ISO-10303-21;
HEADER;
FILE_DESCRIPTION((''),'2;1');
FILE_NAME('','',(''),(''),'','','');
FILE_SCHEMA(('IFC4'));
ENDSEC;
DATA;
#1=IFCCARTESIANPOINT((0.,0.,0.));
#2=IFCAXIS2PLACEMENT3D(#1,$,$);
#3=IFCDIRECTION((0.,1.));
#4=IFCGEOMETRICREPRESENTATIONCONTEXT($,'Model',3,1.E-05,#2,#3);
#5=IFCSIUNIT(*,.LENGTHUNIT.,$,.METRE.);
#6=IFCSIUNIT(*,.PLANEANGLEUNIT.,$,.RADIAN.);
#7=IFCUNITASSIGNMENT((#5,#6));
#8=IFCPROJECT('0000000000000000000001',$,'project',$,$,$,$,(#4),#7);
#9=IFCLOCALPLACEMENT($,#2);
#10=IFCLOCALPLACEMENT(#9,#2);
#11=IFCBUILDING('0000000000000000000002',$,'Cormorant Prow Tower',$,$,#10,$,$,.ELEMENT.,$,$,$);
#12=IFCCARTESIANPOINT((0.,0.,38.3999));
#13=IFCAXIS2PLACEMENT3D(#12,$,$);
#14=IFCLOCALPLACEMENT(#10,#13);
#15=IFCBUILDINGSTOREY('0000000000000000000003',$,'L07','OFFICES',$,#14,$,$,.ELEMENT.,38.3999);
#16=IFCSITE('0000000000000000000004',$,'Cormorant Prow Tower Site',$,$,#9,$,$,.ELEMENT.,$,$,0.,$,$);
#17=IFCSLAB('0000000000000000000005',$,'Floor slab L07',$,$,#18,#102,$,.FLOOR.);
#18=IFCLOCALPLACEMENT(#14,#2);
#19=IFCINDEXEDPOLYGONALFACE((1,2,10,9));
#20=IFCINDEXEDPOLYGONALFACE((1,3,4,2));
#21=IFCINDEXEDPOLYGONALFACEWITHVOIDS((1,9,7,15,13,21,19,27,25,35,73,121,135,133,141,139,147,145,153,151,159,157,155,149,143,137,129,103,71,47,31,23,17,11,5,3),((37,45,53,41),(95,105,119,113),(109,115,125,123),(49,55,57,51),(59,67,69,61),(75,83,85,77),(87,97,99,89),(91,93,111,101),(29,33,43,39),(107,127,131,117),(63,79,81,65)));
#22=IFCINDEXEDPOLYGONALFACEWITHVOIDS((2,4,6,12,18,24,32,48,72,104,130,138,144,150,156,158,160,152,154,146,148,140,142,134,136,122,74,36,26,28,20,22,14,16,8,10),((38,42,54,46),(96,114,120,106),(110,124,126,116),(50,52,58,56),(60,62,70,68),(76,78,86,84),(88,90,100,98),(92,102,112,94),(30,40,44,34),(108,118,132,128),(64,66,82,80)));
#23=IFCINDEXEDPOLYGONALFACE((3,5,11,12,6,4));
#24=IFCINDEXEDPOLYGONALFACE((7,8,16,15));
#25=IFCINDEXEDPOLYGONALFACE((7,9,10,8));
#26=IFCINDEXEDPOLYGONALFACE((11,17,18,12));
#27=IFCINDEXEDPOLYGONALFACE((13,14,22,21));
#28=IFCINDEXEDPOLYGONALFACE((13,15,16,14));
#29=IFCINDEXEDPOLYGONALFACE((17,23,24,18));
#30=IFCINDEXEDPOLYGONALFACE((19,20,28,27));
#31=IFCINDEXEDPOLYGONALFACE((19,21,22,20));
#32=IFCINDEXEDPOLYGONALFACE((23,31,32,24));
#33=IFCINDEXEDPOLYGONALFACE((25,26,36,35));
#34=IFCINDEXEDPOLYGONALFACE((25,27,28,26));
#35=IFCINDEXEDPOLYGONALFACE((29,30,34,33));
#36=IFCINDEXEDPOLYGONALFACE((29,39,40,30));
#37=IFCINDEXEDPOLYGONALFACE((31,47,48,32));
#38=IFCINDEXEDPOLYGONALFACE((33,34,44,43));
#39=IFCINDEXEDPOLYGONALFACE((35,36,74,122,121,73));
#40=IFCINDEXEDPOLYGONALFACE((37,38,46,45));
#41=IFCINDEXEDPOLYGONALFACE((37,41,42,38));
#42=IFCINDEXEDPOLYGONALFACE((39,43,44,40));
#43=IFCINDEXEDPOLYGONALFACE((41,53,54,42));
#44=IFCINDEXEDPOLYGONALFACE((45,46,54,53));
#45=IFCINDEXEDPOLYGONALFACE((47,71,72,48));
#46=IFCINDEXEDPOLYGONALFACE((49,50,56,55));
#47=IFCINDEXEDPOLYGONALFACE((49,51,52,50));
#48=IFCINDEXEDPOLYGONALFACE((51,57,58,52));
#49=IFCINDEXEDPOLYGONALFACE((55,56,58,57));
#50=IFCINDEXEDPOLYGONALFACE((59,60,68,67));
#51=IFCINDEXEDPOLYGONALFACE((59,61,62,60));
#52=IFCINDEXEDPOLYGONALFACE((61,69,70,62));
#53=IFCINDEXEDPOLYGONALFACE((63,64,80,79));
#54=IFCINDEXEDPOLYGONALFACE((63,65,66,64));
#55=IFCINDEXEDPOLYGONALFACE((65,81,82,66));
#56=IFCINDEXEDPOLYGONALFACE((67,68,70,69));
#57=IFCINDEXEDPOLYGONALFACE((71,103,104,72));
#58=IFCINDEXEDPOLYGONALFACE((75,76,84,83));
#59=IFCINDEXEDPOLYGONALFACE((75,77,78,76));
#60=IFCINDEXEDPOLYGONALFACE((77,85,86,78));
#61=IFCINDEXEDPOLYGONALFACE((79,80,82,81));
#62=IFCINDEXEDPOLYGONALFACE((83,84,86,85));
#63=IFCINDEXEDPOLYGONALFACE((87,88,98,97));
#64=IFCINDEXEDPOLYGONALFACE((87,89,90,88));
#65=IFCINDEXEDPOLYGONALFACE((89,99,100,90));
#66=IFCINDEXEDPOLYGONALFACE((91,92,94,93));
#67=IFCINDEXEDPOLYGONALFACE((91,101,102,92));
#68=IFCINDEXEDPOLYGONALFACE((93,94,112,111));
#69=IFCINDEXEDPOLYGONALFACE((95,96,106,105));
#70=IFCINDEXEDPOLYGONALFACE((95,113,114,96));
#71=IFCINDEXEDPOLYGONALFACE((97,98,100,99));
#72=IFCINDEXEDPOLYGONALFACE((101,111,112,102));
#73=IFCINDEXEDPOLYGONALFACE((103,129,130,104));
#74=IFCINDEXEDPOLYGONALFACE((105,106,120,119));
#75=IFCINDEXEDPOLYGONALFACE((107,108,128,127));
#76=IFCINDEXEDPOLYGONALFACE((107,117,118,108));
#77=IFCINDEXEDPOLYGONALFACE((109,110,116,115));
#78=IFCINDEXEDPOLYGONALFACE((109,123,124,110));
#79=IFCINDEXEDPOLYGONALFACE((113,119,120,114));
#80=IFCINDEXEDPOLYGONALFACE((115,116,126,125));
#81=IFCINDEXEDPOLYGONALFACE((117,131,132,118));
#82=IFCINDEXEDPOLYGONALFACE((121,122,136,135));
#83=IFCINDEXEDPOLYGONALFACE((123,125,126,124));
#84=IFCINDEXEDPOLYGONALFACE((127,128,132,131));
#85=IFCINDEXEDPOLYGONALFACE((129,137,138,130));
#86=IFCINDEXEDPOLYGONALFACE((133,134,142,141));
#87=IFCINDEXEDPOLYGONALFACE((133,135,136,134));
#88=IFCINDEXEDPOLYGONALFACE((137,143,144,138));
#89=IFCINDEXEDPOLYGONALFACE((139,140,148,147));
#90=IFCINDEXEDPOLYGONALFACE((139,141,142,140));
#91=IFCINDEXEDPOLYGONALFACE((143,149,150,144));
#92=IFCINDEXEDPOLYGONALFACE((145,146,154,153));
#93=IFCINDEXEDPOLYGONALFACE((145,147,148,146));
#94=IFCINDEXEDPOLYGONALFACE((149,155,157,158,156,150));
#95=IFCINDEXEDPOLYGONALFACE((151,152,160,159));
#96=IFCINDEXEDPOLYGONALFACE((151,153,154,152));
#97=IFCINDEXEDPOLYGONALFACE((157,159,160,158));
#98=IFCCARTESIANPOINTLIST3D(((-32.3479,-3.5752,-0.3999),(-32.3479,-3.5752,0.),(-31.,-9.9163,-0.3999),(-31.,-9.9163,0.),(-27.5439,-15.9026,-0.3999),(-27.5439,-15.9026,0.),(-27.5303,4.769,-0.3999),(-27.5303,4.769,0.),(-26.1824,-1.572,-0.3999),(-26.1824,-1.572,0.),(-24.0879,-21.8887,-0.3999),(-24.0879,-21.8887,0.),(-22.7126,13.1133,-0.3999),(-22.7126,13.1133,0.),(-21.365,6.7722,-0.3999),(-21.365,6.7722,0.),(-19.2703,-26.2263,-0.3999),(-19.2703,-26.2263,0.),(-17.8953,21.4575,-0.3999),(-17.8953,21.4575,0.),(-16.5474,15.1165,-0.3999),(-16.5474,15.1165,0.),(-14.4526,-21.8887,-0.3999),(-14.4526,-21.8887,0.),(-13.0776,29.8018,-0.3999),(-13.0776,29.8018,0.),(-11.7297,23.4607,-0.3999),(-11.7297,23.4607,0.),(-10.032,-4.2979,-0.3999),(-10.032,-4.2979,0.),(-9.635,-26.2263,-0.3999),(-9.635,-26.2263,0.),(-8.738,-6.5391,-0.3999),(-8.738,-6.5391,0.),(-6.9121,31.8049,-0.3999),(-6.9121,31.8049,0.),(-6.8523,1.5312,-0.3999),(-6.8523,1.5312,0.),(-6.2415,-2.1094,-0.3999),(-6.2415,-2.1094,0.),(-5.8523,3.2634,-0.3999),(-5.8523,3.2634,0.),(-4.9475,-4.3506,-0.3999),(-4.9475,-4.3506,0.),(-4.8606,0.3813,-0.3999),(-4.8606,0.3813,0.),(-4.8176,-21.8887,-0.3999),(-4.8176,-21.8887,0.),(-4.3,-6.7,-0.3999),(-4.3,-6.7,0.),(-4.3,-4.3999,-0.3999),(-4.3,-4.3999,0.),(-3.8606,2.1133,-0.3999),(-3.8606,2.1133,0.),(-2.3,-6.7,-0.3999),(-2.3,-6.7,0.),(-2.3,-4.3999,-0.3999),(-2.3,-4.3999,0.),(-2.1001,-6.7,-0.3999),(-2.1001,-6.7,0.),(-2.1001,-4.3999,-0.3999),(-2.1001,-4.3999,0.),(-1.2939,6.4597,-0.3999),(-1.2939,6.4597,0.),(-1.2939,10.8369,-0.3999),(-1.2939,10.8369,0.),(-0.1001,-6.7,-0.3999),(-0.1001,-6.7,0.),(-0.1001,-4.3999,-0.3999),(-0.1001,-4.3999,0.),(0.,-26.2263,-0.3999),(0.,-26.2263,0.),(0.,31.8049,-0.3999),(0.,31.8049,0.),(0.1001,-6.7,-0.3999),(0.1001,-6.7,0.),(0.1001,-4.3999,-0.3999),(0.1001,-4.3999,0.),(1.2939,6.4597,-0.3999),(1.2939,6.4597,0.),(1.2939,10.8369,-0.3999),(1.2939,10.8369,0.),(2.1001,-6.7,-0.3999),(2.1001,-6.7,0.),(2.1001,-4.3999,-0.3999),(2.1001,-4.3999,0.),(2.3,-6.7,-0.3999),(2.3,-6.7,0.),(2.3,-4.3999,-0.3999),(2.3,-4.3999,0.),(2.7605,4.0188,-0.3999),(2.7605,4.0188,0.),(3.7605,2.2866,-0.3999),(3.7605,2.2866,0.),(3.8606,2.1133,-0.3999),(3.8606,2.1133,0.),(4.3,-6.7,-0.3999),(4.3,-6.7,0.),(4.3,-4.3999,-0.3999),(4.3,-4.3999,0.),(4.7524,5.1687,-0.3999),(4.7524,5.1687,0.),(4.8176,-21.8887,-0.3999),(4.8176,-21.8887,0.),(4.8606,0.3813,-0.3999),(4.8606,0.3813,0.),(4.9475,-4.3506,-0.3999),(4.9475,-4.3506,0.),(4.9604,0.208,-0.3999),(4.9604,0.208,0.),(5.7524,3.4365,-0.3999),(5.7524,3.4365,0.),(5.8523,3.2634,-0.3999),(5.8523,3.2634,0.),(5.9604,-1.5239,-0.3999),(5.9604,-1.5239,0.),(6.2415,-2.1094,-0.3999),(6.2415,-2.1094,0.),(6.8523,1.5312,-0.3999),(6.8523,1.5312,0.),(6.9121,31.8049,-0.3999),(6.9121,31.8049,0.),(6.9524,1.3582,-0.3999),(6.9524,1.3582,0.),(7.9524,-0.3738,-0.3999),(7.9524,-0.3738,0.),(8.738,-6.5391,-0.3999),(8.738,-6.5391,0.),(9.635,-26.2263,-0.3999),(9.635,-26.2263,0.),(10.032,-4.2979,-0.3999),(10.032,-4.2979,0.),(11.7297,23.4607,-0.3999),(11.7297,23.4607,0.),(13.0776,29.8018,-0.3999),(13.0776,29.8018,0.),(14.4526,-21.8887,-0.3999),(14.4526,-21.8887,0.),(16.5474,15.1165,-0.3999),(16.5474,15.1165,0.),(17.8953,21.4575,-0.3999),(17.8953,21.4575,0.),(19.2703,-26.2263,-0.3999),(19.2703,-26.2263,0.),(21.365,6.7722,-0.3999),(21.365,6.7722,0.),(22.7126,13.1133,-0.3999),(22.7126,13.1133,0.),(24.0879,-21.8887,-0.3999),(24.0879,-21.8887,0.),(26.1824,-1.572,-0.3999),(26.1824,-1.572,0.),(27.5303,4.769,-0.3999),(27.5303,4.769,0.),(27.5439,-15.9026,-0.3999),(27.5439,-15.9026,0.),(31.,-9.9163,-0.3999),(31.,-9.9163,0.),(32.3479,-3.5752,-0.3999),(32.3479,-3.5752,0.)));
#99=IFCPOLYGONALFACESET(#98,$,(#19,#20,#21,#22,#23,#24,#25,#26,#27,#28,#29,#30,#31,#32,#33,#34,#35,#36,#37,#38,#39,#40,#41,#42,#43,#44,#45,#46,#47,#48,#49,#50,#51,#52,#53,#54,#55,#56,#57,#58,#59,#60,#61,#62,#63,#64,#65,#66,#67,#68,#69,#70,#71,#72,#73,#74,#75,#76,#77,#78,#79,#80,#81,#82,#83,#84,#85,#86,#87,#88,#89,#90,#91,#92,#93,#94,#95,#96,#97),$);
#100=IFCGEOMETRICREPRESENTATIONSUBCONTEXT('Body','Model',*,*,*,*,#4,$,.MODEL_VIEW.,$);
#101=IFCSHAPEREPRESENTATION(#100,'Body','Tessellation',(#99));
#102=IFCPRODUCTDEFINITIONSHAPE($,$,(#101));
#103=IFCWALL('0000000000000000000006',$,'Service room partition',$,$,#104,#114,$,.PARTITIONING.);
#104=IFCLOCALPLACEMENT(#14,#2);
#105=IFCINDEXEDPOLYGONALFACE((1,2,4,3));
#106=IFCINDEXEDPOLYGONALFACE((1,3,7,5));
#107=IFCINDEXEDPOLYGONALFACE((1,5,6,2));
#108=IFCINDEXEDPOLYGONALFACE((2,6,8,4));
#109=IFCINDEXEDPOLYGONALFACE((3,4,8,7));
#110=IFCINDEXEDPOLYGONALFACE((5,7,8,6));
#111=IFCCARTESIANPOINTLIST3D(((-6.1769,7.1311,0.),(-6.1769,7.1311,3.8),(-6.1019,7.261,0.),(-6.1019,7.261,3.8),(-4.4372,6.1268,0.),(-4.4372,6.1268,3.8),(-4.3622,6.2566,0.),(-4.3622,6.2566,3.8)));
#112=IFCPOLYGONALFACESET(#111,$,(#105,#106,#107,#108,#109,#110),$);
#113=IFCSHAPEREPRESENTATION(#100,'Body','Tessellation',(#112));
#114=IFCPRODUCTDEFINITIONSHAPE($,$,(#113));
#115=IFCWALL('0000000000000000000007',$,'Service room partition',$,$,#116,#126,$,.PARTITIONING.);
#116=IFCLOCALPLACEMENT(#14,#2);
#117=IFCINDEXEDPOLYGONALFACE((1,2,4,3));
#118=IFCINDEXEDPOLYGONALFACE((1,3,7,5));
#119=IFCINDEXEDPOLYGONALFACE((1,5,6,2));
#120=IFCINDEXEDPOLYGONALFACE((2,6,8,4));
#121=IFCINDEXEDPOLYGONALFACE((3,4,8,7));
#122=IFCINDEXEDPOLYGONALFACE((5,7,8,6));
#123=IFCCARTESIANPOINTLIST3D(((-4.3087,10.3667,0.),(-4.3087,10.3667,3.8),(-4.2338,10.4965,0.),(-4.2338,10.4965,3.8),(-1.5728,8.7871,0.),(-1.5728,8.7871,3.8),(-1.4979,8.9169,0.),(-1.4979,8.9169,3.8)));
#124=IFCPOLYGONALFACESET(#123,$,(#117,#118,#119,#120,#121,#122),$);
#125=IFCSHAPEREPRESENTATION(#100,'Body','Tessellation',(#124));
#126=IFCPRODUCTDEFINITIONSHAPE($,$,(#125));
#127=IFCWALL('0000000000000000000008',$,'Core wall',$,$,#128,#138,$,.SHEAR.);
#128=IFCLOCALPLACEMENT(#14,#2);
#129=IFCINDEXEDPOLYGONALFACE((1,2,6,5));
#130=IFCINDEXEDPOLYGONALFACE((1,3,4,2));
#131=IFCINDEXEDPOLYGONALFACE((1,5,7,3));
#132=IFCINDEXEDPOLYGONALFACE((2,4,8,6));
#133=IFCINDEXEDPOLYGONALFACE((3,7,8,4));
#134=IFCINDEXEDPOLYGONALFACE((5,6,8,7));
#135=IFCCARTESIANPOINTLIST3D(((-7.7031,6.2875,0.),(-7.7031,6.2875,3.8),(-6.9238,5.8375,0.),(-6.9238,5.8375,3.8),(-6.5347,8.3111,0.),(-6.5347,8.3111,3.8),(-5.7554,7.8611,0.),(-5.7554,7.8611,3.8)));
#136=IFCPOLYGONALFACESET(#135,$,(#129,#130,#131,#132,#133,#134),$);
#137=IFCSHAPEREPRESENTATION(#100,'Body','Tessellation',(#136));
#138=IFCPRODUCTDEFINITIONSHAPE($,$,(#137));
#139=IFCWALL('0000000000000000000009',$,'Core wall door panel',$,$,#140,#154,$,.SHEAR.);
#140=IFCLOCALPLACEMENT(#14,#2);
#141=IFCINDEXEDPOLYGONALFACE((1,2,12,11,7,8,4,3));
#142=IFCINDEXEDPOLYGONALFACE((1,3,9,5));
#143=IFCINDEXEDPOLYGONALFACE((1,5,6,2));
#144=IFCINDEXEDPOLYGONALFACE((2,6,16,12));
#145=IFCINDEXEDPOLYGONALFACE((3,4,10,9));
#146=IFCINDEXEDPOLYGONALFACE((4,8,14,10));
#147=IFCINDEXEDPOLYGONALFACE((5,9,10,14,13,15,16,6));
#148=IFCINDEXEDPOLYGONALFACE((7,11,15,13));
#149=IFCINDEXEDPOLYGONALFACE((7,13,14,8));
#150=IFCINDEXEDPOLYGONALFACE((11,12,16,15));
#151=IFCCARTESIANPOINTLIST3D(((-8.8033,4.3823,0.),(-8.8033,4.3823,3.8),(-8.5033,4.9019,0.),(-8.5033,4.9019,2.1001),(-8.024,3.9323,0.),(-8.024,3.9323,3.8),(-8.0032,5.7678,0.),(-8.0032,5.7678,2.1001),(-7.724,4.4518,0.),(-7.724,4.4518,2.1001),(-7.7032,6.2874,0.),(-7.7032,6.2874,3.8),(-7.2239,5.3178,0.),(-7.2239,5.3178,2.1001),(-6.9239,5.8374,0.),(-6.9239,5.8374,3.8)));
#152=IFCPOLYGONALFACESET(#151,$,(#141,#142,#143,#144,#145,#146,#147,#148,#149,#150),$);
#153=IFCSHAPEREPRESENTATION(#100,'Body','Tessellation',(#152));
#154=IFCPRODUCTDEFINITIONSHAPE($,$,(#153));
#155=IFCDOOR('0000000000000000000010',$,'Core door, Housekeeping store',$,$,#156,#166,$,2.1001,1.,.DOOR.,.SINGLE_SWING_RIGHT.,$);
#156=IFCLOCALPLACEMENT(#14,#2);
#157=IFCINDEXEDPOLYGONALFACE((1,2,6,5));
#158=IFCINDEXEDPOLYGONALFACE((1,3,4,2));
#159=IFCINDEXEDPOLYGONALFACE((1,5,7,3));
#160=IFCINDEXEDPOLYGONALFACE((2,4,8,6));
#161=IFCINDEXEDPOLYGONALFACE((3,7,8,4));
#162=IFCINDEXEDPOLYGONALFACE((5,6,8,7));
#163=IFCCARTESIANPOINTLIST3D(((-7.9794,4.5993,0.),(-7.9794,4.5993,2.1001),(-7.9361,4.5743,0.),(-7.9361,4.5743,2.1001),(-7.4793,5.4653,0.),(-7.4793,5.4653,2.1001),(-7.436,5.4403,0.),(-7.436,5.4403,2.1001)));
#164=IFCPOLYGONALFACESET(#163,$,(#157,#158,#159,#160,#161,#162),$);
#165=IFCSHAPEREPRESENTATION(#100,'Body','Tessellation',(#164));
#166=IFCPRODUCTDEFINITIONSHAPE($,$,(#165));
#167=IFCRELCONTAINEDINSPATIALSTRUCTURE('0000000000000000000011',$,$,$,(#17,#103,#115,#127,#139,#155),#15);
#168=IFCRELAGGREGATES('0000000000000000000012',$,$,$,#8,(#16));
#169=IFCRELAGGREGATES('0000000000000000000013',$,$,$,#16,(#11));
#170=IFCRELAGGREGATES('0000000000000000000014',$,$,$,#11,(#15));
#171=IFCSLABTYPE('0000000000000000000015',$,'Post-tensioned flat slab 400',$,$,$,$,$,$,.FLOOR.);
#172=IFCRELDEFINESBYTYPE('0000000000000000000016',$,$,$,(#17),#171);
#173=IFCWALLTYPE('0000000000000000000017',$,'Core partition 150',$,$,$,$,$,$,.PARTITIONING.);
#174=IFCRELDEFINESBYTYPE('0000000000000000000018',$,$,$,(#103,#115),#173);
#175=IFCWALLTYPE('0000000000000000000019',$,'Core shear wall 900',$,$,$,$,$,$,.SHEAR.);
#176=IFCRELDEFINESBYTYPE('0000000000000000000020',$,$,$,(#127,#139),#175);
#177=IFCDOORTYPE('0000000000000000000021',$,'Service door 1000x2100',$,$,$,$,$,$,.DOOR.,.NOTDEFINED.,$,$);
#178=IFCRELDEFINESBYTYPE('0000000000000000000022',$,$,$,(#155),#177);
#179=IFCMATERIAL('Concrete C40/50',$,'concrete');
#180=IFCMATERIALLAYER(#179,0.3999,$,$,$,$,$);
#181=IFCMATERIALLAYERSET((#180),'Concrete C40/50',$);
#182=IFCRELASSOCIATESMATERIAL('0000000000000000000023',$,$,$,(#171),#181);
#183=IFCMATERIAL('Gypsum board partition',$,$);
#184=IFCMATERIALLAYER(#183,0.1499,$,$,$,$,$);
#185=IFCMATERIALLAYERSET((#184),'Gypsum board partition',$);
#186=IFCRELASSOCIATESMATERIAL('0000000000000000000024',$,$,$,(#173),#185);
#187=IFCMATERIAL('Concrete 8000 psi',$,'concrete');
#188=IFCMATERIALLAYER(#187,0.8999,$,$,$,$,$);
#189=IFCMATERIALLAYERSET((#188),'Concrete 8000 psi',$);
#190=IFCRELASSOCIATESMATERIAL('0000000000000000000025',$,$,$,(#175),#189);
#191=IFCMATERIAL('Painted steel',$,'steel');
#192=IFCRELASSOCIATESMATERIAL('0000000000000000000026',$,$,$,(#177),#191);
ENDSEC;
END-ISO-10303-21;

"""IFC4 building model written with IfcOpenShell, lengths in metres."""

from ifc_helpers import new_model, si_unit, direction, frame, frame_2d, origin, place, context, subcontext, project, spatial, polyline, rectangle, outline, extrude, material, layer, layer_set, type_object, element, fill, save


model = new_model("IFC4")

# Units and contexts
model_context = context("Model", 3, precision=1e-05, world=origin(), true_north=direction((0.0, 1.0)))
body_context = subcontext(model_context, "Body", "Model", "MODEL_VIEW")
ifc_project = project(units=[si_unit("LENGTHUNIT", "METRE"), si_unit("PLANEANGLEUNIT", "RADIAN")], contexts=[model_context])

# Site, building, storey
site_placement = place(None, origin())
site = spatial("IfcSite", under=ifc_project, at=site_placement, Name="Cormorant Prow Tower Site", CompositionType="ELEMENT", RefElevation=0.0)
building_placement = place(site_placement, origin())
building = spatial("IfcBuilding", under=site, at=building_placement, Name="Cormorant Prow Tower", CompositionType="ELEMENT")
storey_placement = place(building_placement, frame((0.0, 0.0, 38.3999)))
storey = spatial("IfcBuildingStorey", under=building, at=storey_placement, Name="L07", Description="OFFICES", CompositionType="ELEMENT", Elevation=38.3999)

# Slab
ifc_material_1 = material(Name="Concrete C40/50", Category="concrete")
ifc_layer_1 = layer(ifc_material_1, 0.3999)
ifc_layer_set_1 = layer_set([ifc_layer_1], Name="Concrete C40/50")
slab_type_1 = type_object("IfcSlabType", Name="Post-tensioned flat slab 400", PredefinedType="FLOOR", material=ifc_layer_set_1)
slab_1_placement = place(storey_placement, frame((0.0, 0.0, -0.3999)))
element("IfcSlab", 1, at=slab_1_placement, inside=storey, type_object=slab_type_1, Name="Floor slab L07", PredefinedType="FLOOR", context=body_context, shape_type="SweptSolid", body=[
    extrude(outline(polyline([(-13.0776, 29.8018), (-11.7297, 23.4607), (-17.8953, 21.4575), (-16.5474, 15.1165), (-22.7126, 13.1133), (-21.365, 6.7722), (-27.5303, 4.769), (-26.1824, -1.572), (-32.3479, -3.5752), (-31.0, -9.9163), (-27.5439, -15.9026), (-24.0879, -21.8887), (-19.2703, -26.2263), (-14.4526, -21.8887), (-9.635, -26.2263), (-4.8176, -21.8887), (0.0, -26.2263), (4.8176, -21.8887), (9.635, -26.2263), (14.4526, -21.8887), (19.2703, -26.2263), (24.0879, -21.8887), (27.5439, -15.9026), (31.0, -9.9163), (32.3479, -3.5752), (26.1824, -1.572), (27.5303, 4.769), (21.365, 6.7722), (22.7126, 13.1133), (16.5474, 15.1165), (17.8953, 21.4575), (11.7297, 23.4607), (13.0776, 29.8018), (6.9121, 31.8049), (0.0, 31.8049), (-6.9121, 31.8049), (-13.0776, 29.8018)]), holes=[polyline([(-4.3, -6.7), (-4.3, -4.3999), (-2.3, -4.3999), (-2.3, -6.7), (-4.3, -6.7)]), polyline([(-2.1001, -4.3999), (-0.1001, -4.3999), (-0.1001, -6.7), (-2.1001, -6.7), (-2.1001, -4.3999)]), polyline([(2.1001, -4.3999), (2.1001, -6.7), (0.1001, -6.7), (0.1001, -4.3999), (2.1001, -4.3999)]), polyline([(4.3, -6.7), (2.3, -6.7), (2.3, -4.3999), (4.3, -4.3999), (4.3, -6.7)]), polyline([(7.9524, -0.3738), (5.9604, -1.5239), (4.9604, 0.208), (6.9524, 1.3582), (7.9524, -0.3738)]), polyline([(4.8606, 0.3813), (3.8606, 2.1133), (5.8523, 3.2634), (6.8523, 1.5312), (4.8606, 0.3813)]), polyline([(2.7605, 4.0188), (4.7524, 5.1687), (5.7524, 3.4365), (3.7605, 2.2866), (2.7605, 4.0188)]), polyline([(-6.8523, 1.5312), (-5.8523, 3.2634), (-3.8606, 2.1133), (-4.8606, 0.3813), (-6.8523, 1.5312)]), polyline([(-4.9475, -4.3506), (-8.738, -6.5391), (-10.032, -4.2979), (-6.2415, -2.1094), (-4.9475, -4.3506)]), polyline([(10.032, -4.2979), (8.738, -6.5391), (4.9475, -4.3506), (6.2415, -2.1094), (10.032, -4.2979)]), polyline([(1.2939, 10.8369), (1.2939, 6.4597), (-1.2939, 6.4597), (-1.2939, 10.8369), (1.2939, 10.8369)])]), origin(), (0.0, 0.0, 1.0), 0.3999),
])

# Walls
ifc_material_2 = material(Name="Gypsum board partition")
ifc_layer_2 = layer(ifc_material_2, 0.1499)
ifc_layer_set_2 = layer_set([ifc_layer_2], Name="Gypsum board partition")
wall_type_1 = type_object("IfcWallType", Name="Core partition 150", PredefinedType="PARTITIONING", material=ifc_layer_set_2)
wall_1_placement = place(storey_placement, frame((-6.1394, 7.196, 0.0), z_axis=(0.0, 0.0, 1.0), x_axis=(0.866036, -0.499982, 0.0)))
element("IfcWall", 2, at=wall_1_placement, inside=storey, type_object=wall_type_1, Name="Service room partition", PredefinedType="PARTITIONING", context=body_context, shape_type="SweptSolid", body=[
    extrude(rectangle(XDim=2.0088, YDim=0.1499, at=frame_2d((1.0044, 0.0))), origin(), (0.0, 0.0, 1.0), 3.8),
])
wall_2_placement = place(storey_placement, frame((-4.2712, 10.4316, 0.0), z_axis=(0.0, 0.0, 1.0), x_axis=(0.866018, -0.500012, 0.0)))
element("IfcWall", 3, at=wall_2_placement, inside=storey, type_object=wall_type_1, Name="Service room partition", PredefinedType="PARTITIONING", context=body_context, shape_type="SweptSolid", body=[
    extrude(rectangle(XDim=3.1592, YDim=0.1499, at=frame_2d((1.5796, 0.0))), origin(), (0.0, 0.0, 1.0), 3.8),
])
ifc_material_3 = material(Name="Concrete 8000 psi", Category="concrete")
ifc_layer_3 = layer(ifc_material_3, 0.8999)
ifc_layer_set_3 = layer_set([ifc_layer_3], Name="Concrete 8000 psi")
wall_type_2 = type_object("IfcWallType", Name="Core shear wall 900", PredefinedType="SHEAR", material=ifc_layer_set_3)
wall_3_placement = place(storey_placement, frame((-6.145, 8.0862, 0.0), z_axis=(0.0, 0.0, 1.0), x_axis=(-0.500027, -0.86601, 0.0)))
element("IfcWall", 4, at=wall_3_placement, inside=storey, type_object=wall_type_2, Name="Core wall", PredefinedType="SHEAR", context=body_context, shape_type="SweptSolid", body=[
    extrude(rectangle(XDim=2.3367, YDim=0.8999, at=frame_2d((1.1685, 0.0))), origin(), (0.0, 0.0, 1.0), 3.8),
])

# Wall, opening, door
wall_4_placement = place(storey_placement, frame((-7.3135, 6.0625, 0.0), z_axis=(0.0, 0.0, 1.0), x_axis=(-0.500078, -0.86598, 0.0)))
wall_4 = element("IfcWall", 5, at=wall_4_placement, inside=storey, type_object=wall_type_2, Name="Core wall door panel", PredefinedType="SHEAR", context=body_context, shape_type="SweptSolid", body=[
    extrude(rectangle(XDim=2.2, YDim=0.8999, at=frame_2d((1.1001, 0.0))), origin(), (0.0, 0.0, 1.0), 3.8),
])
opening_1_placement = place(wall_4_placement, frame((0.6001, 0.0, 0.0)))
opening_1 = element("IfcOpeningElement", 6, at=opening_1_placement, cuts=wall_4, PredefinedType="OPENING", context=body_context, shape_type="SweptSolid", body=[
    extrude(rectangle(XDim=1.0, YDim=2.1001, at=frame_2d((0.5, 1.05))), frame((0.0, 0.46, 0.0), z_axis=(0.0, -1.0, 0.0), x_axis=(1.0, 0.0, 0.0)), (0.0, 0.0, 1.0), 0.9199),
])
ifc_material_4 = material(Name="Painted steel", Category="steel")
door_type_1 = type_object("IfcDoorType", Name="Service door 1000x2100", OperationType="NOTDEFINED", PredefinedType="DOOR", material=ifc_material_4)
door_1_placement = place(opening_1_placement, origin())
door_1 = element("IfcDoor", 7, at=door_1_placement, inside=storey, type_object=door_type_1, Name="Core door, Housekeeping store", OperationType="SINGLE_SWING_RIGHT", OverallHeight=2.1001, OverallWidth=1.0, PredefinedType="DOOR", context=body_context, shape_type="SweptSolid", body=[
    extrude(rectangle(XDim=1.0, YDim=2.1001, at=frame_2d((0.5, 1.05))), frame((0.0, 0.2051, 0.0), z_axis=(0.0, -1.0, 0.0), x_axis=(1.0, 0.0, 0.0)), (0.0, 0.0, 1.0), 0.05),
])
fill(opening_1, door_1)

save(model, "model.ifc")
